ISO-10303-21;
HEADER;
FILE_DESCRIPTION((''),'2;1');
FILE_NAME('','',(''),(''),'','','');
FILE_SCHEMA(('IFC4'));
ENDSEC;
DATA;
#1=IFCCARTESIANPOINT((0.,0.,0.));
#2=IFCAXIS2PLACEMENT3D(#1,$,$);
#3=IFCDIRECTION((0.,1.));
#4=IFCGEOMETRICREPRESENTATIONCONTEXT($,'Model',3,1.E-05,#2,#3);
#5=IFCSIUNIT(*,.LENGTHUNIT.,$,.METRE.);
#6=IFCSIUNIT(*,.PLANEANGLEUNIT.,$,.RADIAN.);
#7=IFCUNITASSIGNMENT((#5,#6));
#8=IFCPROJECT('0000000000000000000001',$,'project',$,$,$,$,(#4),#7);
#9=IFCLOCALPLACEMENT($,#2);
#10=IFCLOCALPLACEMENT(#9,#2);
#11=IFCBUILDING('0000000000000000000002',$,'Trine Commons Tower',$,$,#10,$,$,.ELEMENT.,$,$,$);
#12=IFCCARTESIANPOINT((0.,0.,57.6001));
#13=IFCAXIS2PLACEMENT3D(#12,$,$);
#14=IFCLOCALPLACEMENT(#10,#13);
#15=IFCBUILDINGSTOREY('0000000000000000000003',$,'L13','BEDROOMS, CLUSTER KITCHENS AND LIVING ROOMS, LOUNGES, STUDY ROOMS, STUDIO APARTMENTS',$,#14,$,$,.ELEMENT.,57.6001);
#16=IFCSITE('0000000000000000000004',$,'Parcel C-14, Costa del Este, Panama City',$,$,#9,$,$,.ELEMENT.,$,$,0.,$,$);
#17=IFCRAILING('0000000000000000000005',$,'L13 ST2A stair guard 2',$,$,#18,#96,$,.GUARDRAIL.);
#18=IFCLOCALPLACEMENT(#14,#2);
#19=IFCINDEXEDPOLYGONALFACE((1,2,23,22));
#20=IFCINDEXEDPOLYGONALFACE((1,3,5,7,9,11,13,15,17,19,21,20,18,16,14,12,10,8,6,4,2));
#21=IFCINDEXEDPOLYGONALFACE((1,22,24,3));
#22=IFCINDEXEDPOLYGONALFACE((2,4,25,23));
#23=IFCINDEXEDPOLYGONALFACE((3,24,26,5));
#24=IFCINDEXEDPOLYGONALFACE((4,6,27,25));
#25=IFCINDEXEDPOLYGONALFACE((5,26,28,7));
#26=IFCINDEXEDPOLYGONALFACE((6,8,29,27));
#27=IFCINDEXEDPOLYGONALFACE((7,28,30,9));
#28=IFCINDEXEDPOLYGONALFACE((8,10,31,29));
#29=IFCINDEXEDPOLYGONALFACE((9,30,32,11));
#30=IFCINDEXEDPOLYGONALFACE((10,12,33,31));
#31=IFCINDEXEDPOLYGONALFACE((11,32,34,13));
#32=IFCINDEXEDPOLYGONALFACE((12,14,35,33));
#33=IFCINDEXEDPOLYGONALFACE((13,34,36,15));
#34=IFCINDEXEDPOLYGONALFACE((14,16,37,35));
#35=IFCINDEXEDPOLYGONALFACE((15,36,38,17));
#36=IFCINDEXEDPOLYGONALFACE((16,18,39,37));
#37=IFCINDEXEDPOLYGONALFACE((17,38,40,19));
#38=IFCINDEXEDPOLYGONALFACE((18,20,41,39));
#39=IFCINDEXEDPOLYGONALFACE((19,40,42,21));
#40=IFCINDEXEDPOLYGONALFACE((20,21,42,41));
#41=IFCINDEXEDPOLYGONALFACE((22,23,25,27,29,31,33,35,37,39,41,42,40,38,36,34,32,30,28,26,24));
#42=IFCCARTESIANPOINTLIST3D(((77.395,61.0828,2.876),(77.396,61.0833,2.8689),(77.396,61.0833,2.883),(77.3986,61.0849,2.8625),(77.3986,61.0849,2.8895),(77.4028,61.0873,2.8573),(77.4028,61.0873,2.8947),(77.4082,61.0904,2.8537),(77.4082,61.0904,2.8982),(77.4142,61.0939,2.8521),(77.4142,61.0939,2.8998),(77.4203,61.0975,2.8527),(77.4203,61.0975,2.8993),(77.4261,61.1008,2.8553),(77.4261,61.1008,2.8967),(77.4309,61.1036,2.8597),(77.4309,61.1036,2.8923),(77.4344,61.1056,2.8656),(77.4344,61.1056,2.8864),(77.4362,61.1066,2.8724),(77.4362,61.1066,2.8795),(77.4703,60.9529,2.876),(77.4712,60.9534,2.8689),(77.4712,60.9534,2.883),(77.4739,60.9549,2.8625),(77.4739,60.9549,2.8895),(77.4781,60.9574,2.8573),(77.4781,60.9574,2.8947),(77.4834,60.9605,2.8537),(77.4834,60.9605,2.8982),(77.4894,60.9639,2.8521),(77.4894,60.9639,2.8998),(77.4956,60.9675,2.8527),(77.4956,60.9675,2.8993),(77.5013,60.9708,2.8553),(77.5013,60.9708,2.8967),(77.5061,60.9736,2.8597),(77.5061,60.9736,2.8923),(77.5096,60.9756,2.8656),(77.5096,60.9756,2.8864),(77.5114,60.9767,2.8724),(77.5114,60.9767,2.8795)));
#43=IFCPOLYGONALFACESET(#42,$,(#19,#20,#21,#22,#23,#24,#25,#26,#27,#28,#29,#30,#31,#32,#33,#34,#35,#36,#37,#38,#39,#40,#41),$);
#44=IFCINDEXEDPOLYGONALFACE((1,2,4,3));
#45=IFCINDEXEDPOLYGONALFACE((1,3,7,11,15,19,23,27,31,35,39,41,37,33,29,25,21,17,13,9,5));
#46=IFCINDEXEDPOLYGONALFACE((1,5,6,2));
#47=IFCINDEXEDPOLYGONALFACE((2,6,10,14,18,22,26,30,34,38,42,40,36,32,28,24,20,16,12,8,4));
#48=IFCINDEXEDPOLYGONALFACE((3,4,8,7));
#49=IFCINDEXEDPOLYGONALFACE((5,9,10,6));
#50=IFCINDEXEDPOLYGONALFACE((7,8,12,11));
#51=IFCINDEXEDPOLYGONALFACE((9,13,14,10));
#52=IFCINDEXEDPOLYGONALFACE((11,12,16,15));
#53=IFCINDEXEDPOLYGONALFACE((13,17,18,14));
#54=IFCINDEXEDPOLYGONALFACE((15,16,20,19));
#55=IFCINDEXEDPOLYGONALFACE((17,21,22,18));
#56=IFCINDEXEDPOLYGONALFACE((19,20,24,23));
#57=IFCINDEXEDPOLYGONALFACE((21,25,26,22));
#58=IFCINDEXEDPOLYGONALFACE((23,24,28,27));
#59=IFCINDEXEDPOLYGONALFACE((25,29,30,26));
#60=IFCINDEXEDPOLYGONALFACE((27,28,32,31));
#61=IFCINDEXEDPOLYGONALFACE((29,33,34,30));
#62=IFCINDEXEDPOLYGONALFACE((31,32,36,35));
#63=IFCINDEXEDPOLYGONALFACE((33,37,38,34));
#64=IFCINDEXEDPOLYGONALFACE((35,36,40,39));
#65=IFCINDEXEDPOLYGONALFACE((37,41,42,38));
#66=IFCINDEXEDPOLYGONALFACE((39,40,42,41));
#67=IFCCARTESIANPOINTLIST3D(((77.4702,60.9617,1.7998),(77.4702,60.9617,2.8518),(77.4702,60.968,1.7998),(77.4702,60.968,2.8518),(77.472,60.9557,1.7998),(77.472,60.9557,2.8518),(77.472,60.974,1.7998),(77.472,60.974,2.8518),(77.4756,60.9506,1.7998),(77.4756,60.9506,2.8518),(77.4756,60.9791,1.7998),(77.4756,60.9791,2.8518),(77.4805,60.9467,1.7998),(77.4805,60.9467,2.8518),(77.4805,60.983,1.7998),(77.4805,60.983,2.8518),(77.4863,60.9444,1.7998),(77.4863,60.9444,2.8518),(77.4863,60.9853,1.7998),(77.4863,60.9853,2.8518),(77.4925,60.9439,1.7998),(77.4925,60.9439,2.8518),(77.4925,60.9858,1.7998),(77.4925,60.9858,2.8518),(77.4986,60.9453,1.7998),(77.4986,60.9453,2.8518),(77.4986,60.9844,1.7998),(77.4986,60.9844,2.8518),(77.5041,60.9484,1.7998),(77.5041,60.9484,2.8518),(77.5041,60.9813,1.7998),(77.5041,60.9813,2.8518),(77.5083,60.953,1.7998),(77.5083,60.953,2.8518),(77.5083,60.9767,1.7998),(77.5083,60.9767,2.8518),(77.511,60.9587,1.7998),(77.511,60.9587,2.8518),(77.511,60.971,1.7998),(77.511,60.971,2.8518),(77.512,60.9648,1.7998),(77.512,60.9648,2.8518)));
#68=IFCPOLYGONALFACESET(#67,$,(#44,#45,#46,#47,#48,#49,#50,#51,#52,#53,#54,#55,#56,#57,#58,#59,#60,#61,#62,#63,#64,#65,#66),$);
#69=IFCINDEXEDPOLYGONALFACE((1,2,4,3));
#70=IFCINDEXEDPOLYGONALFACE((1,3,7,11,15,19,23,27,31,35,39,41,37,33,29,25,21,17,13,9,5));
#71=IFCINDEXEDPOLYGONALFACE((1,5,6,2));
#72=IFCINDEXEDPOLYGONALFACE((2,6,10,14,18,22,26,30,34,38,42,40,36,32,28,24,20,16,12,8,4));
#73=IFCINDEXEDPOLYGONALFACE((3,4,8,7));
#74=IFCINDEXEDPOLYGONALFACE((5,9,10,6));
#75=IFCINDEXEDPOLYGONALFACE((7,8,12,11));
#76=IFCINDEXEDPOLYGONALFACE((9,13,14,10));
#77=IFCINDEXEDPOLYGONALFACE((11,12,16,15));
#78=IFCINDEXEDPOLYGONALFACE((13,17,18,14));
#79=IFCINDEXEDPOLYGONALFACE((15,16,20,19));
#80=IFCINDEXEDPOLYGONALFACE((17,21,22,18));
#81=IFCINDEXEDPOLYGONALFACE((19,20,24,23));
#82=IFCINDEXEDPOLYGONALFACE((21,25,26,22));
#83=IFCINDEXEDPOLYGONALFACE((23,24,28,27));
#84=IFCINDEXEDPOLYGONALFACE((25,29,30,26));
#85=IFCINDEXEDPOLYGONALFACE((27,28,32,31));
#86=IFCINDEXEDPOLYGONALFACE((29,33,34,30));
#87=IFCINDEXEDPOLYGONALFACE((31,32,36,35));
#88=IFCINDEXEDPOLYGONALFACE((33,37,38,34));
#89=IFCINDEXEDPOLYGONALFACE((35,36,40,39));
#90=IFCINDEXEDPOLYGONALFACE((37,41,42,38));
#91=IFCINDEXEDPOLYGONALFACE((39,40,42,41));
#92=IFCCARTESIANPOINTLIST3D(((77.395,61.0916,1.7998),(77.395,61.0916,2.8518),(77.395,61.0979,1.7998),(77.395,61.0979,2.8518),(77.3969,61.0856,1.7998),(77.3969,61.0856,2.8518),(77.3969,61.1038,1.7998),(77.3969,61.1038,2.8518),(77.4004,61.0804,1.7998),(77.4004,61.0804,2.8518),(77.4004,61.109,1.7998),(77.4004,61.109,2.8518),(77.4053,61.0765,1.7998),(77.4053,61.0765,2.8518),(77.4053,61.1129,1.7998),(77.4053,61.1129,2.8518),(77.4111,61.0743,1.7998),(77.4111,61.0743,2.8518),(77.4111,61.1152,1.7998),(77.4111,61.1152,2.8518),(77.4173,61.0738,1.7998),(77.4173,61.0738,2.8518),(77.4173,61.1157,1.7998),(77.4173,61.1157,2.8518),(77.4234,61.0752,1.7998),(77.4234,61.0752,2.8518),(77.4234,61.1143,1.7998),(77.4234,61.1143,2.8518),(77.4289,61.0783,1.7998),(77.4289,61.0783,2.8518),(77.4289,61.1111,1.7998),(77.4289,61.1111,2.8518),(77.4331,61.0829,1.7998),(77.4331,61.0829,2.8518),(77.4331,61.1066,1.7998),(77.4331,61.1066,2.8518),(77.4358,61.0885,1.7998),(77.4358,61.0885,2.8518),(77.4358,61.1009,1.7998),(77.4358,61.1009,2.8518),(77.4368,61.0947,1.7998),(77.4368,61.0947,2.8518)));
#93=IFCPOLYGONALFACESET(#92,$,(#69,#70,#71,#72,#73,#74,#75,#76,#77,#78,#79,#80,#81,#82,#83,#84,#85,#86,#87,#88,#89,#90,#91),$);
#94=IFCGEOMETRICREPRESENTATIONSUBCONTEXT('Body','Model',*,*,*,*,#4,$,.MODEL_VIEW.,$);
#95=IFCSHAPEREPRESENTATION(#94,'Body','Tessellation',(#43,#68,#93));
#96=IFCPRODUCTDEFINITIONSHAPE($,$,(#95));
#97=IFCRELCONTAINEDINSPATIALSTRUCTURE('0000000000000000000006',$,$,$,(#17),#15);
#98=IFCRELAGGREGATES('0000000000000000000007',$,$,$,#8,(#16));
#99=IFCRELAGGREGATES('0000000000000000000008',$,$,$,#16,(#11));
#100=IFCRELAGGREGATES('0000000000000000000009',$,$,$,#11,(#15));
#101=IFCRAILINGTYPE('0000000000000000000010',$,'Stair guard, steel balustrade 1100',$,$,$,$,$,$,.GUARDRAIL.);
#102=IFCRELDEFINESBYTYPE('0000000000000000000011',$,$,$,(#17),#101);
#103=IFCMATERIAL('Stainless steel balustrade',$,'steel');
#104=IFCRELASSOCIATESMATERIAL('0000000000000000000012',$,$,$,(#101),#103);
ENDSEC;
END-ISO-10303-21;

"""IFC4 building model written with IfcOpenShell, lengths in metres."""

from ifc_helpers import new_model, si_unit, direction, frame, origin, origin_2d, place, context, subcontext, project, spatial, circle, extrude, material, type_object, element, save


model = new_model("IFC4")

# Units and contexts
model_context = context("Model", 3, precision=1e-05, world=origin(), true_north=direction((0.0, 1.0)))
body_context = subcontext(model_context, "Body", "Model", "MODEL_VIEW")
ifc_project = project(units=[si_unit("LENGTHUNIT", "METRE"), si_unit("PLANEANGLEUNIT", "RADIAN")], contexts=[model_context])

# Site, building, storey
site_placement = place(None, origin())
site = spatial("IfcSite", under=ifc_project, at=site_placement, Name="Parcel C-14, Costa del Este, Panama City", CompositionType="ELEMENT", RefElevation=0.0)
building_placement = place(site_placement, origin())
building = spatial("IfcBuilding", under=site, at=building_placement, Name="Trine Commons Tower", CompositionType="ELEMENT")
storey_placement = place(building_placement, frame((0.0, 0.0, 57.6001)))
storey = spatial("IfcBuildingStorey", under=building, at=storey_placement, Name="L13", Description="BEDROOMS, CLUSTER KITCHENS AND LIVING ROOMS, LOUNGES, STUDY ROOMS, STUDIO APARTMENTS", CompositionType="ELEMENT", Elevation=57.6001)

# Railing
ifc_material_1 = material(Name="Stainless steel balustrade", Category="steel")
railing_type_1 = type_object("IfcRailingType", Name="Stair guard, steel balustrade 1100", PredefinedType="GUARDRAIL", material=ifc_material_1)
railing_1_placement = place(storey_placement, frame((77.491, 60.9648, 1.7998)))
element("IfcRailing", 1, at=railing_1_placement, inside=storey, type_object=railing_type_1, Name="L13 ST2A stair guard 2", PredefinedType="GUARDRAIL", context=body_context, shape_type="SweptSolid", body=[
    extrude(circle(Radius=0.0239, at=origin_2d()), frame((0.0, 0.0, 1.0762), z_axis=(-0.501036, 0.865426, 0.0), x_axis=(-0.865426, -0.501036, 0.0)), (0.0, 0.0, 1.0), 0.1501),
    extrude(circle(Radius=0.021, at=origin_2d()), origin(), (0.0, 0.0, 1.0), 1.052),
    extrude(circle(Radius=0.021, at=origin_2d()), frame((-0.0752, 0.1299, 0.0)), (0.0, 0.0, 1.0), 1.052),
])

save(model, "model.ifc")
